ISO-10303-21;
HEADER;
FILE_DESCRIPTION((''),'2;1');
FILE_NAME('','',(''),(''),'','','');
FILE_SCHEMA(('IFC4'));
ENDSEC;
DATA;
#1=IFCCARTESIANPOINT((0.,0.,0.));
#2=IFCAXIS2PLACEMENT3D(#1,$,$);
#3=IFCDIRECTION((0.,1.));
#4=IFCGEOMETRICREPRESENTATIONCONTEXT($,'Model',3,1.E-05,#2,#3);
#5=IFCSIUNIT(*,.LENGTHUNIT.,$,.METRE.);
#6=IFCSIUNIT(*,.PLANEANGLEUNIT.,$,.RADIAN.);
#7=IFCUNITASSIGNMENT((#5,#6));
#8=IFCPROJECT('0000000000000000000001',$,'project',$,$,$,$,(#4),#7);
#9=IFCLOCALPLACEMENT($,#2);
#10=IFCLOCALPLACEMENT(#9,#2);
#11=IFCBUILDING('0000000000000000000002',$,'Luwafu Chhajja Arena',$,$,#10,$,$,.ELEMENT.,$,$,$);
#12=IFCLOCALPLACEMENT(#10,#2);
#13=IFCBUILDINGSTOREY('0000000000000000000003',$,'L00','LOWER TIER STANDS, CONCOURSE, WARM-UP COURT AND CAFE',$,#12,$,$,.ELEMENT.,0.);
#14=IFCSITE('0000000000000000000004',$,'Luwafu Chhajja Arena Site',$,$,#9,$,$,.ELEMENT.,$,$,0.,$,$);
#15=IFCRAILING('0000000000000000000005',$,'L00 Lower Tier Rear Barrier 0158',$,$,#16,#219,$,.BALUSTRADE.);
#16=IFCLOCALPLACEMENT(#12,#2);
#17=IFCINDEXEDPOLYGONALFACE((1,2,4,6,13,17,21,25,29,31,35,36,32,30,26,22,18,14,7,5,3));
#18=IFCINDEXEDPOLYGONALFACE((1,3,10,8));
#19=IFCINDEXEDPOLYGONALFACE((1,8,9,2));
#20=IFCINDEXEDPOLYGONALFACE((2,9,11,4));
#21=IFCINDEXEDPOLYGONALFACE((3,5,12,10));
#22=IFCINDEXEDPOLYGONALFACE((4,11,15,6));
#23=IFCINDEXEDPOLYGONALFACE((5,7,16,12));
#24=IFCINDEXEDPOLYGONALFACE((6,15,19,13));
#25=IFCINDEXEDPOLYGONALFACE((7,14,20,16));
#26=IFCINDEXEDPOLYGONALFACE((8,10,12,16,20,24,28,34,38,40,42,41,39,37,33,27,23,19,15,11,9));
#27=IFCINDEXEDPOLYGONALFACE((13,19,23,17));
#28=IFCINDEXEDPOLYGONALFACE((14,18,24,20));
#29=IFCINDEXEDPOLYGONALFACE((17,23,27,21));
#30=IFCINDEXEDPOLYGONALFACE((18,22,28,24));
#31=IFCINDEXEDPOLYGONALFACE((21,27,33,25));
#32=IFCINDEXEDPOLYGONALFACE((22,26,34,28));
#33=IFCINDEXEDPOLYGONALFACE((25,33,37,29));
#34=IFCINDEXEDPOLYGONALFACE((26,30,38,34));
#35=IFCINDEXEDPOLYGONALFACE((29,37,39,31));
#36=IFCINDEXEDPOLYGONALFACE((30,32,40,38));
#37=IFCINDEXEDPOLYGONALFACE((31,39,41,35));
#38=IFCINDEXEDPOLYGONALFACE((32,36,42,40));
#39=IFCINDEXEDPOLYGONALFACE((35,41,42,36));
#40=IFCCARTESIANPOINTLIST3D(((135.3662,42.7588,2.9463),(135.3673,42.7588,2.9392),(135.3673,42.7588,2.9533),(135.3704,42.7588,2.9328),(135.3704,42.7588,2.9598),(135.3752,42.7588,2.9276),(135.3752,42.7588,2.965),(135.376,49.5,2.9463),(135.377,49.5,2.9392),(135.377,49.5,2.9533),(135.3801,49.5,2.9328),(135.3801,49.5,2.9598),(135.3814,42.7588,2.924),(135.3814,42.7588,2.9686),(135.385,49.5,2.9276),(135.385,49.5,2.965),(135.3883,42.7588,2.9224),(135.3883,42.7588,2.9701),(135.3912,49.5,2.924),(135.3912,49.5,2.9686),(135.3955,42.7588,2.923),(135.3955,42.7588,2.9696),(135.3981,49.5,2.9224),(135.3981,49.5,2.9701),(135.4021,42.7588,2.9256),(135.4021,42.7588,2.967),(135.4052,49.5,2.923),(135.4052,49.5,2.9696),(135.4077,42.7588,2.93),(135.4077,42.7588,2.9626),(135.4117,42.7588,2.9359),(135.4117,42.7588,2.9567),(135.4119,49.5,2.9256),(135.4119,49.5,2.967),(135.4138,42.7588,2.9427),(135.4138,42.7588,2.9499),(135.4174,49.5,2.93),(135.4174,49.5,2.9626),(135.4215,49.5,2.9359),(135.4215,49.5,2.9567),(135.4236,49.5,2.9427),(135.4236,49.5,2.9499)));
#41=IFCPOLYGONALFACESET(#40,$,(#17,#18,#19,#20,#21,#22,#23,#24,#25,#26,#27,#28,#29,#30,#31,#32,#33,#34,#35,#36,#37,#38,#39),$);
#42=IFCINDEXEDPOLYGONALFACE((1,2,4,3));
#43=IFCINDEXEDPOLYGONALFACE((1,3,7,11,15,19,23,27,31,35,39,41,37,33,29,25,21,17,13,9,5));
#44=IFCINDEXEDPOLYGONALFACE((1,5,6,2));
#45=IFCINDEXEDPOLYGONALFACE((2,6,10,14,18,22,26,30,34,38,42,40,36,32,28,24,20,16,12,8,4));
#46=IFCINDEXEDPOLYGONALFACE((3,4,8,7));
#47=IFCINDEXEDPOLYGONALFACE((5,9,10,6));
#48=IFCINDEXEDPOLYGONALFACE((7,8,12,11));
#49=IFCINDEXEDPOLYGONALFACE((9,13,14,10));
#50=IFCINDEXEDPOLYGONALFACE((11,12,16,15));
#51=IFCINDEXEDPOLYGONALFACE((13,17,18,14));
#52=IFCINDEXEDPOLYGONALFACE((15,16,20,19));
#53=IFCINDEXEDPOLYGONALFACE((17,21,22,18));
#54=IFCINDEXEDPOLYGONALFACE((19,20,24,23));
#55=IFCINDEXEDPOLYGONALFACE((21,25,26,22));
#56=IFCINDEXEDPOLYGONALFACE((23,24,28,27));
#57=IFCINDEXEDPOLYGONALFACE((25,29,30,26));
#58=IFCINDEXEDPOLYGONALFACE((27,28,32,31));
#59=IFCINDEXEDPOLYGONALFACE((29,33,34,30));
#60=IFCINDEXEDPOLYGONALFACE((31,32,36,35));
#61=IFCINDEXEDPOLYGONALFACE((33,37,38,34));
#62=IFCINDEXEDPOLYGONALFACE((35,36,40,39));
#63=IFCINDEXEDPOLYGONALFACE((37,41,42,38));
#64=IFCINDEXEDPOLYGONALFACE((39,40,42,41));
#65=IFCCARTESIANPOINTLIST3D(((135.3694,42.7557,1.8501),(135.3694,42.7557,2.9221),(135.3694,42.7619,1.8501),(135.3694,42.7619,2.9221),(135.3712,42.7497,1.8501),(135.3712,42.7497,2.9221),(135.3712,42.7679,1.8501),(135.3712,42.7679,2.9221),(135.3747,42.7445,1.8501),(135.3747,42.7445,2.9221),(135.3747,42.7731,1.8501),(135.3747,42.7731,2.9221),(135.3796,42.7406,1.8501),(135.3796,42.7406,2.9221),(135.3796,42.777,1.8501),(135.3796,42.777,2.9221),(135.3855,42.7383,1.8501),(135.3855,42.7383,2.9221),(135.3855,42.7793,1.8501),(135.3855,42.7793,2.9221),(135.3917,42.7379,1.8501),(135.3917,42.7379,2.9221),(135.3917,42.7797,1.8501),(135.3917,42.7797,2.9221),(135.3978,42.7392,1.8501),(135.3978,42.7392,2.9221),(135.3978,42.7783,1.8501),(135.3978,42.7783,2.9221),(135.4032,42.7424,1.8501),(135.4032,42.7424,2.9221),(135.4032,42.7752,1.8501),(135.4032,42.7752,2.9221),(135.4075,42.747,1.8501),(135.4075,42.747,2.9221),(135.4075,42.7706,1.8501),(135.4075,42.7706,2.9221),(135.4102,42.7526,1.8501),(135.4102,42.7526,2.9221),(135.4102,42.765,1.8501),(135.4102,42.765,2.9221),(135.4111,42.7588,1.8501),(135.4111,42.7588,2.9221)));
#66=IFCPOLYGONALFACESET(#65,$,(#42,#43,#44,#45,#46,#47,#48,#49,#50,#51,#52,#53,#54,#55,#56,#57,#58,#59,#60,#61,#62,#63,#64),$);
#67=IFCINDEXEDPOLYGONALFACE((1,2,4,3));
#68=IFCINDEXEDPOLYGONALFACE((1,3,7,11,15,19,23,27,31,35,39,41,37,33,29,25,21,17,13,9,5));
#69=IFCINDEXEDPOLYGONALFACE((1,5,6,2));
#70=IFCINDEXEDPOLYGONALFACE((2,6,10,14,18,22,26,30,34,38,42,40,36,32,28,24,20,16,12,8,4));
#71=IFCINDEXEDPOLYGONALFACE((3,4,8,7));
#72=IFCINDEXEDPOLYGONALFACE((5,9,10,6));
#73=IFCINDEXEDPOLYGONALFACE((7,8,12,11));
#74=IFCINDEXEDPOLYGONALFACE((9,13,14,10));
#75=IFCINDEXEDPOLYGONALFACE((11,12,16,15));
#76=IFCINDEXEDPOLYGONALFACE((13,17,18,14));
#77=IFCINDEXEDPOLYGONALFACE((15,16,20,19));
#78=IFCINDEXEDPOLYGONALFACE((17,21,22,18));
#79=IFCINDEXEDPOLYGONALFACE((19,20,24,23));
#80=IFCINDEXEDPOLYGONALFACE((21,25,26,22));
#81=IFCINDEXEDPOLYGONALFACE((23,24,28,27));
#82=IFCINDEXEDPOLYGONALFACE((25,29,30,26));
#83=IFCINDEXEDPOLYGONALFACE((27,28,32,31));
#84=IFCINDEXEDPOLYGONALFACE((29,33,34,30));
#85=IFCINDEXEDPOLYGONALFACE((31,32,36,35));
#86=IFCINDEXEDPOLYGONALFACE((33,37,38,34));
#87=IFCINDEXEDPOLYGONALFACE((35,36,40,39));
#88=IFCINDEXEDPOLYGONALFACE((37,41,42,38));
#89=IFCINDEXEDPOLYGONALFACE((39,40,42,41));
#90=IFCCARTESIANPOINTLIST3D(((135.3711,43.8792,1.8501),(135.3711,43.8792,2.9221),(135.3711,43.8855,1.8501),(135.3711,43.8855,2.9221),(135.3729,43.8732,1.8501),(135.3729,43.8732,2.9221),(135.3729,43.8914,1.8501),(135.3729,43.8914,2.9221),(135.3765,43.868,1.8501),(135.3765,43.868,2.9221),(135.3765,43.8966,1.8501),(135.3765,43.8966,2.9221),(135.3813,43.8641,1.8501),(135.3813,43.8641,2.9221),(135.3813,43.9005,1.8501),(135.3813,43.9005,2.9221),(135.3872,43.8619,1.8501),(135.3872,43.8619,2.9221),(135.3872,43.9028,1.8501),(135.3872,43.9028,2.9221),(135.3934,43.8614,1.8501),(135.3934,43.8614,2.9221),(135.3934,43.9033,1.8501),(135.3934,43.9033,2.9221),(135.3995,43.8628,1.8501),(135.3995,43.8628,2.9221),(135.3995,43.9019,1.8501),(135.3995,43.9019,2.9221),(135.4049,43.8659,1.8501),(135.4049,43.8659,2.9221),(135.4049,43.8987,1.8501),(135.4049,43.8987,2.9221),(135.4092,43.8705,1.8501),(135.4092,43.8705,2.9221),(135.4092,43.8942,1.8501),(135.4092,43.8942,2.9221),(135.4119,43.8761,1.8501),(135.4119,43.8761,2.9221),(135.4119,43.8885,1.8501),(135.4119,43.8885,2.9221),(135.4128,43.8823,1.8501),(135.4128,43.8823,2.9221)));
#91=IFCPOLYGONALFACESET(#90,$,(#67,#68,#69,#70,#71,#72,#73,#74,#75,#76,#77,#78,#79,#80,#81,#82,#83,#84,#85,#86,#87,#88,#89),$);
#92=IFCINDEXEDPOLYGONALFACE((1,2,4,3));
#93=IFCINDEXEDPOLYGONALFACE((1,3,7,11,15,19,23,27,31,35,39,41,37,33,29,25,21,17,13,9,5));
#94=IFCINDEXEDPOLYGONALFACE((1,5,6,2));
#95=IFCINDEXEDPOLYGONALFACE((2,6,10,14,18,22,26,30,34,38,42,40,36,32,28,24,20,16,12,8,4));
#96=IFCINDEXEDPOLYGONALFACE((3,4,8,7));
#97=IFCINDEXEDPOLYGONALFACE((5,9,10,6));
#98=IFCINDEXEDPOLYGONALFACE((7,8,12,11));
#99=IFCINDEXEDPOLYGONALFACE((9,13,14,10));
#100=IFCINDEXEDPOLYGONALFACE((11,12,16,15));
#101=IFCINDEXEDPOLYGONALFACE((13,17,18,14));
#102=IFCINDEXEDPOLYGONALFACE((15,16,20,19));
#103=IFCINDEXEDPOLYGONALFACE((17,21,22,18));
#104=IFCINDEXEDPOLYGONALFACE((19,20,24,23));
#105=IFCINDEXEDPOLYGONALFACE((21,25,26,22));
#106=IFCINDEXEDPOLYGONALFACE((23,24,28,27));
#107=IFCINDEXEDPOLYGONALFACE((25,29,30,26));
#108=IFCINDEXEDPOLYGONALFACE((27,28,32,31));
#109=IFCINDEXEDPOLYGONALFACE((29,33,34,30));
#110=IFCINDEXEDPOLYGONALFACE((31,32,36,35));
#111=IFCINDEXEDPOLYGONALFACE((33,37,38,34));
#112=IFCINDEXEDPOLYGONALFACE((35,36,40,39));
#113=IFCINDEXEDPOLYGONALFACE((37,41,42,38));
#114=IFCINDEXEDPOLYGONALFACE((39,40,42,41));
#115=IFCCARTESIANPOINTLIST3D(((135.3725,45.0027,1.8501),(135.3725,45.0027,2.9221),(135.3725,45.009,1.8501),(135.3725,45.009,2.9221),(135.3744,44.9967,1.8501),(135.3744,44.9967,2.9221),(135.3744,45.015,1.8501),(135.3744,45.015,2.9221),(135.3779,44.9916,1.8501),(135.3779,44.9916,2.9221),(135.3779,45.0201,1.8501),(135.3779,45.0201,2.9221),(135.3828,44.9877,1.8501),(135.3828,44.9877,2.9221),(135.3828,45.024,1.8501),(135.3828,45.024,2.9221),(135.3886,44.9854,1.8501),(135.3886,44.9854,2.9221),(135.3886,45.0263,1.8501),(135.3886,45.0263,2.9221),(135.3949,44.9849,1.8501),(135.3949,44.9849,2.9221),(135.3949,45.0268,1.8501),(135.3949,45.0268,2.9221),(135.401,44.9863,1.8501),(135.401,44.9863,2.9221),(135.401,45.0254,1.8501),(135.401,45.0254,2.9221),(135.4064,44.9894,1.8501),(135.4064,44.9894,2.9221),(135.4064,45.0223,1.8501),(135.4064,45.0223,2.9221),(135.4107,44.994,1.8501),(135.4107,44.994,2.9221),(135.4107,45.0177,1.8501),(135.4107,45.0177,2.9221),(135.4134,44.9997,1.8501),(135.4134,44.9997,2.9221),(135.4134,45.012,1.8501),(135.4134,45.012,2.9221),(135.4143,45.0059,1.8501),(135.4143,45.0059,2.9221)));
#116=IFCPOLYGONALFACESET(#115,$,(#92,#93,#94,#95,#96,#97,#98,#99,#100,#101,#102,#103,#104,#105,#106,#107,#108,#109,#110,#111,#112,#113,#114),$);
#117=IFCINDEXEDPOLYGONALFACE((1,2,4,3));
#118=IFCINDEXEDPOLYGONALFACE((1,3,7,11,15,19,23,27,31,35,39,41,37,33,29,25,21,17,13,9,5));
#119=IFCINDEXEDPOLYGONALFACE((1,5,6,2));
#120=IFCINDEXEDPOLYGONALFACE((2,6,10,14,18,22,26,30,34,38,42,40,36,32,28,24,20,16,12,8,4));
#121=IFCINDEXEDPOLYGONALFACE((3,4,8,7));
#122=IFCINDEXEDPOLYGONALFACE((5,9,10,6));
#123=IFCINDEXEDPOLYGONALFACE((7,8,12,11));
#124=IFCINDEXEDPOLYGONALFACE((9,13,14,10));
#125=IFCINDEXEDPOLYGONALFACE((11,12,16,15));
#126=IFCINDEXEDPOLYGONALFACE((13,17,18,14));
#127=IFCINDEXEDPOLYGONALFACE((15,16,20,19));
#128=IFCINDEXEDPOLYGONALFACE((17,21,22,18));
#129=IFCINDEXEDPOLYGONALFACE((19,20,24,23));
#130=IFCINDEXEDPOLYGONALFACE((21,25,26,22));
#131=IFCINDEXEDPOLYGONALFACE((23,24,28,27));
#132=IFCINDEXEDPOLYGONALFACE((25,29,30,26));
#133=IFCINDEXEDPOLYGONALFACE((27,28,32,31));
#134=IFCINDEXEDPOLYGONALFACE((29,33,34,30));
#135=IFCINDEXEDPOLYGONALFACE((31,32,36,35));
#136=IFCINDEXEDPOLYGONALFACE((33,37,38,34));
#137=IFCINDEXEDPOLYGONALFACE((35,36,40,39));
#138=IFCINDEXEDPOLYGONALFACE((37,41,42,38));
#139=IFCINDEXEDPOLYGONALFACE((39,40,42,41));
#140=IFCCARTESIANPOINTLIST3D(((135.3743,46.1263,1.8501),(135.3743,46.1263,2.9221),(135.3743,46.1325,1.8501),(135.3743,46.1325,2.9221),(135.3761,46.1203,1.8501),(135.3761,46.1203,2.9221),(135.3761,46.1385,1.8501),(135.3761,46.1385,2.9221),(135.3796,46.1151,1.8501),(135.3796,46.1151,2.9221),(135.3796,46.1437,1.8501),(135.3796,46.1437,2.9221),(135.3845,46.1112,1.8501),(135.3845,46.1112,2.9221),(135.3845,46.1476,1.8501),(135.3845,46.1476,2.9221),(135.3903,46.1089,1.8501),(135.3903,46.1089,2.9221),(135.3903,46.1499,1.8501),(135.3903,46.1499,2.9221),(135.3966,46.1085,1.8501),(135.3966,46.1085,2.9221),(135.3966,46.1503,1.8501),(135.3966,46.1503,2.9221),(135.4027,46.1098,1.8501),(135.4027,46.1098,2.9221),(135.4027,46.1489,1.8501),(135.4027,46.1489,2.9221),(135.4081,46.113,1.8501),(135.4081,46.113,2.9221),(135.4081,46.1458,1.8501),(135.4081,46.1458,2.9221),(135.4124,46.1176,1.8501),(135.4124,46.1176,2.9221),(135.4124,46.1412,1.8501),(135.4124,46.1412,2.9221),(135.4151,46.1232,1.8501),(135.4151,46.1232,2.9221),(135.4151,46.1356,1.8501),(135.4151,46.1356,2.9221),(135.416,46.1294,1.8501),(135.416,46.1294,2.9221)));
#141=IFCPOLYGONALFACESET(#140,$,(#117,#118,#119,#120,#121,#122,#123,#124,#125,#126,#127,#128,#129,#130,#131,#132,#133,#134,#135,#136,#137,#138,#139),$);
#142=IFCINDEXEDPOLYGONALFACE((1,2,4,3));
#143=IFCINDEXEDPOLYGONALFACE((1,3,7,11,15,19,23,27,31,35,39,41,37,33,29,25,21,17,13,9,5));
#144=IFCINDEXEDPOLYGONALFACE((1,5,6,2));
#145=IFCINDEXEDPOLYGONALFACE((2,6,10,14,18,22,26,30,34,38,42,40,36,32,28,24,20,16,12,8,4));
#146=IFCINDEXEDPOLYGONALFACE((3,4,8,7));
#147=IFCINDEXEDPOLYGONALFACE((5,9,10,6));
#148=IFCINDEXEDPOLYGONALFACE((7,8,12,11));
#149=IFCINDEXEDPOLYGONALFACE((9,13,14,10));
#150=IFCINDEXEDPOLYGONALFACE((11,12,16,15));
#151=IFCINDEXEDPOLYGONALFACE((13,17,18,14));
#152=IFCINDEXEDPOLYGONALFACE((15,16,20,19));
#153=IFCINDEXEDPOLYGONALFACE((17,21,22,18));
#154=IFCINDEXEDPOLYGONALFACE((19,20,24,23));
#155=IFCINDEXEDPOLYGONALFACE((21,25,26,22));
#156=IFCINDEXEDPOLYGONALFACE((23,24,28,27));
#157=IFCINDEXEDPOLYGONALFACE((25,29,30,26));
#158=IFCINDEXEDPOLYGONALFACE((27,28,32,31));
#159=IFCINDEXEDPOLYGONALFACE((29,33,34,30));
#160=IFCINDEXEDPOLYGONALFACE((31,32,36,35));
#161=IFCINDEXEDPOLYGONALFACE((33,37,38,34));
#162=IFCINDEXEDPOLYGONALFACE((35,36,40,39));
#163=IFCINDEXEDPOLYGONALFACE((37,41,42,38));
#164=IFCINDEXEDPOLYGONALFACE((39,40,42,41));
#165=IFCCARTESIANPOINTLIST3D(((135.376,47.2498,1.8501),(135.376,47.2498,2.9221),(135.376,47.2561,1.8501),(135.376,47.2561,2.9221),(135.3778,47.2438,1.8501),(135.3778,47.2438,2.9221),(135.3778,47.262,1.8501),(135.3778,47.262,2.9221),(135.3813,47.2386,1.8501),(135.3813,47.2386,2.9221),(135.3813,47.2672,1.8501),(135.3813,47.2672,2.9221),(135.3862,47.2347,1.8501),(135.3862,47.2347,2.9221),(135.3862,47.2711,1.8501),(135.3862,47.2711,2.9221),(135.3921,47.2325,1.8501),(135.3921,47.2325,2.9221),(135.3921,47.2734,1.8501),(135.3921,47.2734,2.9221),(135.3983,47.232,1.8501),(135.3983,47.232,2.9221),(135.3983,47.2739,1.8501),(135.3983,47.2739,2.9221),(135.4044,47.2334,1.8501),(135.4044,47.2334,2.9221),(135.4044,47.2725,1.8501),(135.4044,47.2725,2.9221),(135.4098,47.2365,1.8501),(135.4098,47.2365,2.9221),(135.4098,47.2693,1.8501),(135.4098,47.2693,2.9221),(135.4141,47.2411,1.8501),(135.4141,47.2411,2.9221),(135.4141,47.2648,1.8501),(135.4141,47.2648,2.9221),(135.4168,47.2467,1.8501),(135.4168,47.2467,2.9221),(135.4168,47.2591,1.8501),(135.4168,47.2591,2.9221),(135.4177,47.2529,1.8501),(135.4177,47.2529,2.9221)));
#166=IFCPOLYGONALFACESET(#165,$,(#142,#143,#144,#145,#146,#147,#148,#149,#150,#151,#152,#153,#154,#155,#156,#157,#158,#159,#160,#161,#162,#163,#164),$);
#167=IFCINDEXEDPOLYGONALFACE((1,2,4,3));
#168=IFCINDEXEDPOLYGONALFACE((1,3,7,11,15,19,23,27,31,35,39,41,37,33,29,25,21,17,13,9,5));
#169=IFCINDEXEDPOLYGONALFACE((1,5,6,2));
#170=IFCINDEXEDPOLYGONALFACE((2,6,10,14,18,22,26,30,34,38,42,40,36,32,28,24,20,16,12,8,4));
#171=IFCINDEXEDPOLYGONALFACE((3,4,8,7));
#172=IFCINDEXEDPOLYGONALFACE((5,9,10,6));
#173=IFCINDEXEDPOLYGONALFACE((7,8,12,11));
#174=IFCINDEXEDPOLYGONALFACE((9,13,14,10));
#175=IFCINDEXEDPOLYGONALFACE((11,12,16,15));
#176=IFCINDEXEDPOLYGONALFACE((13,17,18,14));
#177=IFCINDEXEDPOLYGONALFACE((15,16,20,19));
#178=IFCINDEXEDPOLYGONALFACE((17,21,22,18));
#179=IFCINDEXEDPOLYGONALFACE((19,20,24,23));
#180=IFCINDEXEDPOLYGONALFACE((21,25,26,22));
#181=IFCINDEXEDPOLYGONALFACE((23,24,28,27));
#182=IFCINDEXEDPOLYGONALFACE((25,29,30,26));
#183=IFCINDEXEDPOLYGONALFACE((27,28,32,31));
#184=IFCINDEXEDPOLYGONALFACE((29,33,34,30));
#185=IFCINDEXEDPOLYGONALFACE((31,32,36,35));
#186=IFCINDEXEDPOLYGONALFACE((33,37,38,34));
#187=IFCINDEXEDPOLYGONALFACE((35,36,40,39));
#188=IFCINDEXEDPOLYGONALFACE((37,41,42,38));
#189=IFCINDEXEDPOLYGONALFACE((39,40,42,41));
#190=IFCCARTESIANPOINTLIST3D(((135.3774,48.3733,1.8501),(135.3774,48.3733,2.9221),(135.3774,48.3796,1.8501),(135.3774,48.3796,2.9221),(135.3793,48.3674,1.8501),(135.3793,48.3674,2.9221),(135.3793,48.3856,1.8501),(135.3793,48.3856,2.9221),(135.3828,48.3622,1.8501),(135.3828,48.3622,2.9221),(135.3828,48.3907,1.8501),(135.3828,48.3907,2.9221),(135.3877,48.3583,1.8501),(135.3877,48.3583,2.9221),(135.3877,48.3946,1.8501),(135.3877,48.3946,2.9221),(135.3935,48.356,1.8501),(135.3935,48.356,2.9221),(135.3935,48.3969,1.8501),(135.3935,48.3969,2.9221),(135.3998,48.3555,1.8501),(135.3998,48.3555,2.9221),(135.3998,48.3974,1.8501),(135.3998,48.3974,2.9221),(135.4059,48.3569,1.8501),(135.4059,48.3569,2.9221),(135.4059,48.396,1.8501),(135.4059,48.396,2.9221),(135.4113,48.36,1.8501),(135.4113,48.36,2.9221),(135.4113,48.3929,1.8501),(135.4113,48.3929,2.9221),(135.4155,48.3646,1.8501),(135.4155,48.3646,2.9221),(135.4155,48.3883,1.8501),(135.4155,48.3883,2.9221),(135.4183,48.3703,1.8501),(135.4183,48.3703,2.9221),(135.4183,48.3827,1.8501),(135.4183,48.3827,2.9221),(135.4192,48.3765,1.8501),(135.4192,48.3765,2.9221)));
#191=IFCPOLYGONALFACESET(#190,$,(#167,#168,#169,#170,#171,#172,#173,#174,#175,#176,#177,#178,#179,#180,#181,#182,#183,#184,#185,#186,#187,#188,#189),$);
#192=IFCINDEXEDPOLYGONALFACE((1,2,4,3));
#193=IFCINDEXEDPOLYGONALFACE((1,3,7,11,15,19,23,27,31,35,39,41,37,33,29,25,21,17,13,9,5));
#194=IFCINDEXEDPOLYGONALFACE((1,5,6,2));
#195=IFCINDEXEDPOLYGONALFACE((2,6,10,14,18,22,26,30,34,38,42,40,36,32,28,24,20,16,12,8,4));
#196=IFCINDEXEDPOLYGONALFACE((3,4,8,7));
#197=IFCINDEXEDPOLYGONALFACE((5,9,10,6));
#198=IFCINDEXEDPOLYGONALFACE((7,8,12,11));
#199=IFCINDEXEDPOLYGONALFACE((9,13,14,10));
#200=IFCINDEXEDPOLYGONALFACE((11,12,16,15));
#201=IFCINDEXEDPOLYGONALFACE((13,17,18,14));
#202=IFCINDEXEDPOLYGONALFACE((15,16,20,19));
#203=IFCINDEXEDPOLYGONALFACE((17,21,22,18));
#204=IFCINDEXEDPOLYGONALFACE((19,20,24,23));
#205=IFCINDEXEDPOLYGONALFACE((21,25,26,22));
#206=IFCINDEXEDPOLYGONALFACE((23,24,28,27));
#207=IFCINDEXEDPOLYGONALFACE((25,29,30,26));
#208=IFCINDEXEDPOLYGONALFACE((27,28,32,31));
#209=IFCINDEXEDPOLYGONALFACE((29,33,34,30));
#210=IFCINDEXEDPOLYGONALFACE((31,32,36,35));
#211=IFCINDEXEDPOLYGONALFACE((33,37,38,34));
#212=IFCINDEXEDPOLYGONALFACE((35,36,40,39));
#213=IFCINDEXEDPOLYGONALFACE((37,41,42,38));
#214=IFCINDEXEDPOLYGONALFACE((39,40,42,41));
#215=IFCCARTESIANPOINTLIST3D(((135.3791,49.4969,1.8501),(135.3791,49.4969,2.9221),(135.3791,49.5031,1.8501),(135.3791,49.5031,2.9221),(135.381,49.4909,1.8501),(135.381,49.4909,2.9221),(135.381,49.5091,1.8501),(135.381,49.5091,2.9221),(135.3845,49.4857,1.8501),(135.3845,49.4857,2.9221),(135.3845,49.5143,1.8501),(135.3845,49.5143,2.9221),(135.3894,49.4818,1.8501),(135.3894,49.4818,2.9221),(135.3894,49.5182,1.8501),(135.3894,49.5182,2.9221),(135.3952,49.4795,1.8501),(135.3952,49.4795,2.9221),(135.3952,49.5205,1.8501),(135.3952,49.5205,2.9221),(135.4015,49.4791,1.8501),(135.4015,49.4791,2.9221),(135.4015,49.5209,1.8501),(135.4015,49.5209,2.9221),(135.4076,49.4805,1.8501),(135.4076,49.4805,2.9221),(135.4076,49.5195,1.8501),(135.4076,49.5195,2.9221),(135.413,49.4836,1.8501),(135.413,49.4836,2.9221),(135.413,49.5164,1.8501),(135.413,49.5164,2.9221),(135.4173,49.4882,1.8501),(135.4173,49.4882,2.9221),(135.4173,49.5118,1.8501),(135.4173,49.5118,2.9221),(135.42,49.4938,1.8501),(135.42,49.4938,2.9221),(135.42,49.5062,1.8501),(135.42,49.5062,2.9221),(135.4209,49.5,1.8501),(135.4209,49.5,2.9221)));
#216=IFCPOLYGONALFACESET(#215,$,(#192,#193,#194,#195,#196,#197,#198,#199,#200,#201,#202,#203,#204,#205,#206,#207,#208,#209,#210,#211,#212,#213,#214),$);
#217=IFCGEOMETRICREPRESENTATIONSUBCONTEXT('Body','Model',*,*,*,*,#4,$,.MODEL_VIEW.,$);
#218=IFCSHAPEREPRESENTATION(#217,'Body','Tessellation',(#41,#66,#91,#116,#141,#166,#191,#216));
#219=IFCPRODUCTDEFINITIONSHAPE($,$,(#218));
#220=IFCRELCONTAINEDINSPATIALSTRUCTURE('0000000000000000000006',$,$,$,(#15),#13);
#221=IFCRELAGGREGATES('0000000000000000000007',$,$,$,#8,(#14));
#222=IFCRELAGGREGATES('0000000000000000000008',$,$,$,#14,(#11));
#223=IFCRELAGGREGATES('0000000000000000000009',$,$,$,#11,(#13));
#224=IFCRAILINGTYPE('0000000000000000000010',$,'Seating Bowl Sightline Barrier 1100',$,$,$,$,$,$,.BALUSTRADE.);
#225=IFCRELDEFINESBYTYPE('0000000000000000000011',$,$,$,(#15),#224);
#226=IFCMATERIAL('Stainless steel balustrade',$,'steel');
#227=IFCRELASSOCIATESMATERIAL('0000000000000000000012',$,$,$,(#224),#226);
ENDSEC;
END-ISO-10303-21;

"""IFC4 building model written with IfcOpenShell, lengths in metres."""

from ifc_helpers import new_model, si_unit, direction, frame, origin, origin_2d, place, context, subcontext, project, spatial, circle, extrude, material, type_object, element, save


model = new_model("IFC4")

# Units and contexts
model_context = context("Model", 3, precision=1e-05, world=origin(), true_north=direction((0.0, 1.0)))
body_context = subcontext(model_context, "Body", "Model", "MODEL_VIEW")
ifc_project = project(units=[si_unit("LENGTHUNIT", "METRE"), si_unit("PLANEANGLEUNIT", "RADIAN")], contexts=[model_context])

# Site, building, storey
site_placement = place(None, origin())
site = spatial("IfcSite", under=ifc_project, at=site_placement, Name="Luwafu Chhajja Arena Site", CompositionType="ELEMENT", RefElevation=0.0)
building_placement = place(site_placement, origin())
building = spatial("IfcBuilding", under=site, at=building_placement, Name="Luwafu Chhajja Arena", CompositionType="ELEMENT")
storey_placement = place(building_placement, origin())
storey = spatial("IfcBuildingStorey", under=building, at=storey_placement, Name="L00", Description="LOWER TIER STANDS, CONCOURSE, WARM-UP COURT AND CAFE", CompositionType="ELEMENT", Elevation=0.0)

# Railing
ifc_material_1 = material(Name="Stainless steel balustrade", Category="steel")
railing_type_1 = type_object("IfcRailingType", Name="Seating Bowl Sightline Barrier 1100", PredefinedType="BALUSTRADE", material=ifc_material_1)
railing_1_placement = place(storey_placement, frame((135.3901, 42.7588, 1.8501)))
element("IfcRailing", 1, at=railing_1_placement, inside=storey, type_object=railing_type_1, Name="L00 Lower Tier Rear Barrier 0158", PredefinedType="BALUSTRADE", context=body_context, shape_type="SweptSolid", body=[
    extrude(circle(Radius=0.0239, at=origin_2d()), frame((0.0, 0.0, 1.0962), z_axis=(0.001449, 0.999999, 0.0), x_axis=(-0.999999, 0.001449, 0.0)), (0.0, 0.0, 1.0), 6.7412),
    extrude(circle(Radius=0.021, at=origin_2d()), origin(), (0.0, 0.0, 1.0), 1.072),
    extrude(circle(Radius=0.021, at=origin_2d()), frame((0.0017, 1.1235, 0.0)), (0.0, 0.0, 1.0), 1.072),
    extrude(circle(Radius=0.021, at=origin_2d()), frame((0.0032, 2.2471, 0.0)), (0.0, 0.0, 1.0), 1.072),
    extrude(circle(Radius=0.021, at=origin_2d()), frame((0.0049, 3.3706, 0.0)), (0.0, 0.0, 1.0), 1.072),
    extrude(circle(Radius=0.021, at=origin_2d()), frame((0.0066, 4.4941, 0.0)), (0.0, 0.0, 1.0), 1.072),
    extrude(circle(Radius=0.021, at=origin_2d()), frame((0.0081, 5.6177, 0.0)), (0.0, 0.0, 1.0), 1.072),
    extrude(circle(Radius=0.021, at=origin_2d()), frame((0.0098, 6.7412, 0.0)), (0.0, 0.0, 1.0), 1.072),
])

save(model, "model.ifc")
